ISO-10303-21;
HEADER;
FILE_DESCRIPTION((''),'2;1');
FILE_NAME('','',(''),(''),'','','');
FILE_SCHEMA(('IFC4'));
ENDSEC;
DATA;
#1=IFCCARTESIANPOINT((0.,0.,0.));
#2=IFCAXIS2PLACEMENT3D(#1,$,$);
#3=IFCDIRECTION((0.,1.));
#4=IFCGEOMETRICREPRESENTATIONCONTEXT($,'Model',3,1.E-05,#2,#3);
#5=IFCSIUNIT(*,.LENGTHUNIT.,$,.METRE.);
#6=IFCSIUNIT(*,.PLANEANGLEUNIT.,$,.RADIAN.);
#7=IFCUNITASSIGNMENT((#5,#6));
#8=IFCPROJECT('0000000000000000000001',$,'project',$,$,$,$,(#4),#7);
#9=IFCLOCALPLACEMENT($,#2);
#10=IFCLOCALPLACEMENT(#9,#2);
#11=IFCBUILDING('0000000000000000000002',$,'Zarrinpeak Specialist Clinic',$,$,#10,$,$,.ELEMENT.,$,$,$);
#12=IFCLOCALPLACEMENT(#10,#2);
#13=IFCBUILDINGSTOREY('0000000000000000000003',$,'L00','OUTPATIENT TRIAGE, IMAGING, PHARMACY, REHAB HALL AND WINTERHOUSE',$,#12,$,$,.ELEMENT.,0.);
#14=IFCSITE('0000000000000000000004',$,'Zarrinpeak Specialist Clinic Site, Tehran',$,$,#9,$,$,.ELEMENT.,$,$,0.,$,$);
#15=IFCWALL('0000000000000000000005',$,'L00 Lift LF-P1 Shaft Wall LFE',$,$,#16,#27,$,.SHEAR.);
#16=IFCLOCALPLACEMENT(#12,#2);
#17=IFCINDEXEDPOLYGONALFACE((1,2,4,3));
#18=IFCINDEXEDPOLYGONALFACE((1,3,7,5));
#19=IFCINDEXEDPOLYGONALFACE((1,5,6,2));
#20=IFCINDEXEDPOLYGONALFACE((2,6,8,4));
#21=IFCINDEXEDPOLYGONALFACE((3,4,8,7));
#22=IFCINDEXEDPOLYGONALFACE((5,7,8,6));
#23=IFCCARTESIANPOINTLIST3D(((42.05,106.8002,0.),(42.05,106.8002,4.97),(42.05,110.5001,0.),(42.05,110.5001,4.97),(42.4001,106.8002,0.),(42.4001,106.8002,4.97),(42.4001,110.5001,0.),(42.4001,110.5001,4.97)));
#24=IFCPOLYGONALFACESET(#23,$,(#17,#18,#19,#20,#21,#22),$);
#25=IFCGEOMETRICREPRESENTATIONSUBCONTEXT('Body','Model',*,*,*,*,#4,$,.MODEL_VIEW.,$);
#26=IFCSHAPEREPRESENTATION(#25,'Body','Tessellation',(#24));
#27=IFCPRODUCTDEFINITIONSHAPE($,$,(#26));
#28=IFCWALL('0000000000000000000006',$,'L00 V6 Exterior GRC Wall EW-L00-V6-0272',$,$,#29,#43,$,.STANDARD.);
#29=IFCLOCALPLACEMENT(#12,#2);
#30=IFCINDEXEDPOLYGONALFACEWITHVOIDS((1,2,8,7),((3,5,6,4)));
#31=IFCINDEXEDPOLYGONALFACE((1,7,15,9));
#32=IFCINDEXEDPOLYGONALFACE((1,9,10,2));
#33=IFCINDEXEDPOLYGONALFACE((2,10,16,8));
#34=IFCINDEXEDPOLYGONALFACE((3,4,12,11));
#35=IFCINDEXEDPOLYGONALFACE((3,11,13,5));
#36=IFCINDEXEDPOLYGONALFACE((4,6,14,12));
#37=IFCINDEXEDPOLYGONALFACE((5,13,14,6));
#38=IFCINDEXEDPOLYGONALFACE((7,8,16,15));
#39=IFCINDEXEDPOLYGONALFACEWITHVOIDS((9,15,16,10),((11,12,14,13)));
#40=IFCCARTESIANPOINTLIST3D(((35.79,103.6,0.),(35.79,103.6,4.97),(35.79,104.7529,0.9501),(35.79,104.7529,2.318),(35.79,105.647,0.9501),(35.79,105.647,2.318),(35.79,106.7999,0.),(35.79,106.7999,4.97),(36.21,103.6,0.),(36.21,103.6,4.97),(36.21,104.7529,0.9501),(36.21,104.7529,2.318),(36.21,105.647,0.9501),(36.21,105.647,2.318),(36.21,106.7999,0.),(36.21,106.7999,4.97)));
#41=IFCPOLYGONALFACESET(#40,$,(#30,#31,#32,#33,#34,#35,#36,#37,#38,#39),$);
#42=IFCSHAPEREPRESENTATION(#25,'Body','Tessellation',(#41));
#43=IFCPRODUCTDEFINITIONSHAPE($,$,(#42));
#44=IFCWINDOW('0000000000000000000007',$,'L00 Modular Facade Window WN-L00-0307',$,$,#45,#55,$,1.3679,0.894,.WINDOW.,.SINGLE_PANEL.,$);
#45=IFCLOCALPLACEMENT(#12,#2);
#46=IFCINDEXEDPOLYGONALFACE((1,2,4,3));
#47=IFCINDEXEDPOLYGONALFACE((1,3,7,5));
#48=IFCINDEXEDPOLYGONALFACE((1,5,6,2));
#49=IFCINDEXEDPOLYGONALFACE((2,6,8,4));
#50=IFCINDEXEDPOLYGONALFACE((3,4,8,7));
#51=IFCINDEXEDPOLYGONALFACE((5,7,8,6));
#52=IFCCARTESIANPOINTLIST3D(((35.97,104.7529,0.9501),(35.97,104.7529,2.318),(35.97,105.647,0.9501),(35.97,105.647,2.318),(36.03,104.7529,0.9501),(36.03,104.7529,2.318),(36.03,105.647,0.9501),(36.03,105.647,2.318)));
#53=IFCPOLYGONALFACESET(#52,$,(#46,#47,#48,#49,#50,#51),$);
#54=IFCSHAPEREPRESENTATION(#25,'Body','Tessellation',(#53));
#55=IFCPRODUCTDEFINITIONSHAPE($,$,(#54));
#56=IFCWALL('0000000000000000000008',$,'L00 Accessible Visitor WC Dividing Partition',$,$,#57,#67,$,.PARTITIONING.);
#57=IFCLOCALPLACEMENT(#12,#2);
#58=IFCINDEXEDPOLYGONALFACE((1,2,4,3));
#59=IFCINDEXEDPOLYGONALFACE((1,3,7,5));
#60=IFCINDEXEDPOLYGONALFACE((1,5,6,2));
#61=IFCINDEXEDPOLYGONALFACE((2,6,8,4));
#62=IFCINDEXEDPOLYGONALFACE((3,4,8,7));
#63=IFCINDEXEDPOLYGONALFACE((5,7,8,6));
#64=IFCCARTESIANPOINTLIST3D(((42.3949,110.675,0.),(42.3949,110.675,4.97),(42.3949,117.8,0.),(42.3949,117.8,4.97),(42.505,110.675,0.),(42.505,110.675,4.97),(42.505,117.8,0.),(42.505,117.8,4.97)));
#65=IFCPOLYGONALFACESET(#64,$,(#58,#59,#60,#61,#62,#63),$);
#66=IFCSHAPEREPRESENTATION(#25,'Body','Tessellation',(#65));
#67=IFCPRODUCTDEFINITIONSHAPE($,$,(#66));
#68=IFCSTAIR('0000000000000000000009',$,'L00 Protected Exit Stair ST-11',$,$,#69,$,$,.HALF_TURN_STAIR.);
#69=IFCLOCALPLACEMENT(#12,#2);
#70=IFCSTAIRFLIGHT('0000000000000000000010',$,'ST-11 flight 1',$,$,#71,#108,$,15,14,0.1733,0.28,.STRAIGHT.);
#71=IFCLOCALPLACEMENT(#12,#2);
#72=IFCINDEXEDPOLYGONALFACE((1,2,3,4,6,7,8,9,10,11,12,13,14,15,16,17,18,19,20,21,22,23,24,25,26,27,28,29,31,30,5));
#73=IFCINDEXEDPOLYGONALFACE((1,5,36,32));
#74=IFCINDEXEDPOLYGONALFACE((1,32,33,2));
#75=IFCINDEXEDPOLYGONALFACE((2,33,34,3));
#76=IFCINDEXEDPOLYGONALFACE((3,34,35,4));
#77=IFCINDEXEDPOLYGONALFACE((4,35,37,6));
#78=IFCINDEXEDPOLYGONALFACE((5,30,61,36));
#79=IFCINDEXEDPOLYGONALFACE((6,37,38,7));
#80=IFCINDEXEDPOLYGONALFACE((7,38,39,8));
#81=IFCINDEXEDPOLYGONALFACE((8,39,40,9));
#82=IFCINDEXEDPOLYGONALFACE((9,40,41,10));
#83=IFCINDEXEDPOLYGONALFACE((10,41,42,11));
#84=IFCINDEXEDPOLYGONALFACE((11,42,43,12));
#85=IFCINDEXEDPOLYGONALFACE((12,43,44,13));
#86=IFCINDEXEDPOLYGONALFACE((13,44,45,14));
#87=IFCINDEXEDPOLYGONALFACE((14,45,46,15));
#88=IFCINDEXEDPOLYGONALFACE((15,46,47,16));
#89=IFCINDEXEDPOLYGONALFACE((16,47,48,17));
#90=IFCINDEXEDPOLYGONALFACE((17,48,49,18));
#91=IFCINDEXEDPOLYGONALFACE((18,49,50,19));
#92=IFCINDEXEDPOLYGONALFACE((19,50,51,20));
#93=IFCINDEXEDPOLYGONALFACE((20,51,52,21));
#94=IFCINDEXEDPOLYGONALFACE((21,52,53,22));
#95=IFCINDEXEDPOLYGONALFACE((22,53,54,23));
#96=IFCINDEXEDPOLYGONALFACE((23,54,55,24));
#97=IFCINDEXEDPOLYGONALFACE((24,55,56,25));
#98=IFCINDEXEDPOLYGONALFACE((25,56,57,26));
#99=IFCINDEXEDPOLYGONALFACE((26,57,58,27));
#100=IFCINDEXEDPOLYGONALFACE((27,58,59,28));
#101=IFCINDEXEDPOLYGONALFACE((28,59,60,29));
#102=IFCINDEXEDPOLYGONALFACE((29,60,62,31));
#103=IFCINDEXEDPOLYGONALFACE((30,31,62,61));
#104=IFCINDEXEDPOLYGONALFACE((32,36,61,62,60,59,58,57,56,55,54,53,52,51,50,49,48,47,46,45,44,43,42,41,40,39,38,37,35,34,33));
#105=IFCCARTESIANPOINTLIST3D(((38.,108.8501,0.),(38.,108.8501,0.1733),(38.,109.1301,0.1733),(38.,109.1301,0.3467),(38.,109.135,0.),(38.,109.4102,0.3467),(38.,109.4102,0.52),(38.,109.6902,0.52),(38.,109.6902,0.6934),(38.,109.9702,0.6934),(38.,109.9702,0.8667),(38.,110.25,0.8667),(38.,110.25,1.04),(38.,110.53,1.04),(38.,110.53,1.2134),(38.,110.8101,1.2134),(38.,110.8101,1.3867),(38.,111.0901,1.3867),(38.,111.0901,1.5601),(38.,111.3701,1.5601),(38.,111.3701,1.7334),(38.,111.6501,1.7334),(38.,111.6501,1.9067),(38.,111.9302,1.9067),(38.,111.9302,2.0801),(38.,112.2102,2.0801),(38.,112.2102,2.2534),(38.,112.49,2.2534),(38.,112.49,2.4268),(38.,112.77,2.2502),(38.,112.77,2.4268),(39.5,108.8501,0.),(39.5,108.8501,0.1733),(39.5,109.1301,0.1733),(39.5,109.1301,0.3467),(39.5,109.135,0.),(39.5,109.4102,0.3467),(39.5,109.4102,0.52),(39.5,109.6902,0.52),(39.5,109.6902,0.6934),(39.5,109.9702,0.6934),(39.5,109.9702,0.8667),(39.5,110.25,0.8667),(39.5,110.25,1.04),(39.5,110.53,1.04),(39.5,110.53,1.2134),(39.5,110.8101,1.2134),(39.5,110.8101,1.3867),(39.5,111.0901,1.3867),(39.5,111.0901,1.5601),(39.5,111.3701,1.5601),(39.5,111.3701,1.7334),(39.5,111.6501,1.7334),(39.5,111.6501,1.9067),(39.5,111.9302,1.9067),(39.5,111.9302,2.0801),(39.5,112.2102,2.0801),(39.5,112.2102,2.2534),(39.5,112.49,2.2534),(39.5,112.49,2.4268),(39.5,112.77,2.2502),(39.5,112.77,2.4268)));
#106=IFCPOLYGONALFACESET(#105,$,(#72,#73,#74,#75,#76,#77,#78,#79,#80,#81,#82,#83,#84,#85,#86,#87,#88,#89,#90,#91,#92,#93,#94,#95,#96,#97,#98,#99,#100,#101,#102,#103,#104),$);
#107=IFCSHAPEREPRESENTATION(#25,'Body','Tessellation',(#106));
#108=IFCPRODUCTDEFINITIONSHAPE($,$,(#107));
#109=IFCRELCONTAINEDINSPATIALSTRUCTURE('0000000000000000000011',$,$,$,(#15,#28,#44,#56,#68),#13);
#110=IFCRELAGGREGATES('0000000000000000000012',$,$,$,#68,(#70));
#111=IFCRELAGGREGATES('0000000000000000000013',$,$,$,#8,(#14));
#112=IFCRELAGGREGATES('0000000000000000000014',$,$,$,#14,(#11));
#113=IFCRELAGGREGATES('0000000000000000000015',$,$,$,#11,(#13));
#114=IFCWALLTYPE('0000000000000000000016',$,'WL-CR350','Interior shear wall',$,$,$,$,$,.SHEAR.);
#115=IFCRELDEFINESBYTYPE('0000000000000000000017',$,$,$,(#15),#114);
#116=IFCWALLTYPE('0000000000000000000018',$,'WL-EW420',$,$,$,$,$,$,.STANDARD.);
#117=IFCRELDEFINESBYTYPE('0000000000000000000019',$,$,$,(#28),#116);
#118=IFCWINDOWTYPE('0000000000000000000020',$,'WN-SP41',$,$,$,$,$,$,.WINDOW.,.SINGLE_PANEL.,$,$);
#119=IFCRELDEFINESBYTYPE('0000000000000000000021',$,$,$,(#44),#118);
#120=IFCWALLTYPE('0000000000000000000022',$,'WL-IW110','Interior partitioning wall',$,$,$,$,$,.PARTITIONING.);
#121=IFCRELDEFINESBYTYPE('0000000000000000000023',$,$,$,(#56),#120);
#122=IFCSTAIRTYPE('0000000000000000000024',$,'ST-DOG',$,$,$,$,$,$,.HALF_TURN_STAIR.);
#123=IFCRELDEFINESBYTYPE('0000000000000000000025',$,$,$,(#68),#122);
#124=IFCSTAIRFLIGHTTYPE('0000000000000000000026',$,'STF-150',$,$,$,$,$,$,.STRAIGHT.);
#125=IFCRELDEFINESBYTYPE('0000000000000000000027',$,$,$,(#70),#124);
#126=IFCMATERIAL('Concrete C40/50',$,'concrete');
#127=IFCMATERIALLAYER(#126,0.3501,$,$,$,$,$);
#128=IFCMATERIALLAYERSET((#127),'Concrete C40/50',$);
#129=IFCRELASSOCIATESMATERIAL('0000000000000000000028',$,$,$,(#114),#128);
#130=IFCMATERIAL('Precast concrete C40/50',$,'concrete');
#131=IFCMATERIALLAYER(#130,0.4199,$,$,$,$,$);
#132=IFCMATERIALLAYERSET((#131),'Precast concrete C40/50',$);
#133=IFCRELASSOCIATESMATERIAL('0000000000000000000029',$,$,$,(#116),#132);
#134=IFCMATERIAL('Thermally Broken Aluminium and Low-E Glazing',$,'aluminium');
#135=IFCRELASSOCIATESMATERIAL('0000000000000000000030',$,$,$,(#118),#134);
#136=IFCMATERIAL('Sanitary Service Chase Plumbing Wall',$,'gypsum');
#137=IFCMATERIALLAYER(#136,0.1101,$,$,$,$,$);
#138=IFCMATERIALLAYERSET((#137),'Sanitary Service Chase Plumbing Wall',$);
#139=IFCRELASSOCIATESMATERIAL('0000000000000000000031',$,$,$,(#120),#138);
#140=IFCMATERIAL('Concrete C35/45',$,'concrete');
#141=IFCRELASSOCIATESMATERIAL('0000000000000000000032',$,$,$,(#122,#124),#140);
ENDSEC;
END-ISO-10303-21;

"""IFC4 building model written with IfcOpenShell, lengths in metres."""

from ifc_helpers import new_model, si_unit, direction, frame, frame_2d, origin, place, context, subcontext, project, spatial, polyline, rectangle, outline, extrude, material, layer, layer_set, type_object, element, fill, aggregate, save


model = new_model("IFC4")

# Units and contexts
model_context = context("Model", 3, precision=1e-05, world=origin(), true_north=direction((0.0, 1.0)))
body_context = subcontext(model_context, "Body", "Model", "MODEL_VIEW")
ifc_project = project(units=[si_unit("LENGTHUNIT", "METRE"), si_unit("PLANEANGLEUNIT", "RADIAN")], contexts=[model_context])

# Site, building, storey
site_placement = place(None, origin())
site = spatial("IfcSite", under=ifc_project, at=site_placement, Name="Zarrinpeak Specialist Clinic Site, Tehran", CompositionType="ELEMENT", RefElevation=0.0)
building_placement = place(site_placement, origin())
building = spatial("IfcBuilding", under=site, at=building_placement, Name="Zarrinpeak Specialist Clinic", CompositionType="ELEMENT")
storey_placement = place(building_placement, origin())
storey = spatial("IfcBuildingStorey", under=building, at=storey_placement, Name="L00", Description="OUTPATIENT TRIAGE, IMAGING, PHARMACY, REHAB HALL AND WINTERHOUSE", CompositionType="ELEMENT", Elevation=0.0)

# Shared definitions
ifc_material_1 = material(Name="Concrete C40/50", Category="concrete")
ifc_layer_1 = layer(ifc_material_1, 0.3501)
ifc_layer_set_1 = layer_set([ifc_layer_1], Name="Concrete C40/50")
wall_type_1 = type_object("IfcWallType", Name="WL-CR350", Description="Interior shear wall", PredefinedType="SHEAR", material=ifc_layer_set_1)

# Wall
wall_1_placement = place(storey_placement, frame((42.2251, 106.8, 0.0), z_axis=(0.0, 0.0, 1.0), x_axis=(0.0, 1.0, 0.0)))
element("IfcWall", 1, at=wall_1_placement, inside=storey, type_object=wall_type_1, Name="L00 Lift LF-P1 Shaft Wall LFE", PredefinedType="SHEAR", context=body_context, shape_type="SweptSolid", body=[
    extrude(rectangle(XDim=3.7, YDim=0.3501, at=frame_2d((1.8501, 0.0))), origin(), (0.0, 0.0, 1.0), 4.97),
])

# Wall, opening, window
ifc_material_2 = material(Name="Precast concrete C40/50", Category="concrete")
ifc_layer_2 = layer(ifc_material_2, 0.4199)
ifc_layer_set_2 = layer_set([ifc_layer_2], Name="Precast concrete C40/50")
wall_type_2 = type_object("IfcWallType", Name="WL-EW420", PredefinedType="STANDARD", material=ifc_layer_set_2)
wall_2_placement = place(storey_placement, frame((36.0, 106.8, 0.0), z_axis=(0.0, 0.0, 1.0), x_axis=(0.0, -1.0, 0.0)))
wall_2 = element("IfcWall", 2, at=wall_2_placement, inside=storey, type_object=wall_type_2, Name="L00 V6 Exterior GRC Wall EW-L00-V6-0272", PredefinedType="STANDARD", context=body_context, shape_type="SweptSolid", body=[
    extrude(rectangle(XDim=3.2, YDim=0.4199, at=frame_2d((1.6001, 0.0))), origin(), (0.0, 0.0, 1.0), 4.97),
])
opening_1_placement = place(wall_2_placement, frame((1.1531, 0.0, 0.95)))
opening_1 = element("IfcOpeningElement", 3, at=opening_1_placement, cuts=wall_2, PredefinedType="OPENING", context=body_context, shape_type="SweptSolid", body=[
    extrude(rectangle(XDim=0.894, YDim=1.3679, at=frame_2d((0.447, 0.6841))), frame((0.0, 0.22, 0.0), z_axis=(0.0, -1.0, 0.0), x_axis=(1.0, 0.0, 0.0)), (0.0, 0.0, 1.0), 0.4399),
])
ifc_material_3 = material(Name="Thermally Broken Aluminium and Low-E Glazing", Category="aluminium")
window_type = type_object("IfcWindowType", Name="WN-SP41", PartitioningType="SINGLE_PANEL", PredefinedType="WINDOW", material=ifc_material_3)
window_placement = place(opening_1_placement, origin())
window = element("IfcWindow", 4, at=window_placement, inside=storey, type_object=window_type, Name="L00 Modular Facade Window WN-L00-0307", OverallHeight=1.3679, OverallWidth=0.894, PartitioningType="SINGLE_PANEL", PredefinedType="WINDOW", context=body_context, shape_type="SweptSolid", body=[
    extrude(rectangle(XDim=0.894, YDim=1.3679, at=frame_2d((0.447, 0.6841))), frame((0.0, 0.03, 0.0), z_axis=(0.0, -1.0, 0.0), x_axis=(1.0, 0.0, 0.0)), (0.0, 0.0, 1.0), 0.0601),
])
fill(opening_1, window)

# Wall
ifc_material_4 = material(Name="Sanitary Service Chase Plumbing Wall", Category="gypsum")
ifc_layer_3 = layer(ifc_material_4, 0.1101)
ifc_layer_set_3 = layer_set([ifc_layer_3], Name="Sanitary Service Chase Plumbing Wall")
wall_type_3 = type_object("IfcWallType", Name="WL-IW110", Description="Interior partitioning wall", PredefinedType="PARTITIONING", material=ifc_layer_set_3)
wall_3_placement = place(storey_placement, frame((42.45, 110.675, 0.0), z_axis=(0.0, 0.0, 1.0), x_axis=(0.0, 1.0, 0.0)))
element("IfcWall", 5, at=wall_3_placement, inside=storey, type_object=wall_type_3, Name="L00 Accessible Visitor WC Dividing Partition", PredefinedType="PARTITIONING", context=body_context, shape_type="SweptSolid", body=[
    extrude(rectangle(XDim=7.125, YDim=0.1101, at=frame_2d((3.5625, 0.0))), origin(), (0.0, 0.0, 1.0), 4.97),
])

# Stair, stair flight
ifc_material_5 = material(Name="Concrete C35/45", Category="concrete")
stair_type = type_object("IfcStairType", Name="ST-DOG", PredefinedType="HALF_TURN_STAIR", material=ifc_material_5)
stair_placement = place(storey_placement, origin())
stair = element("IfcStair", 6, at=stair_placement, inside=storey, type_object=stair_type, Name="L00 Protected Exit Stair ST-11", PredefinedType="HALF_TURN_STAIR")
stair_flight_type = type_object("IfcStairFlightType", Name="STF-150", PredefinedType="STRAIGHT", material=ifc_material_5)
stair_flight_placement = place(storey_placement, frame((38.75, 108.8501, 0.0), z_axis=(0.0, 0.0, 1.0), x_axis=(0.0, 1.0, 0.0)))
stair_flight = element("IfcStairFlight", 7, at=stair_flight_placement, type_object=stair_flight_type, Name="ST-11 flight 1", NumberOfRisers=15, NumberOfTreads=14, PredefinedType="STRAIGHT", RiserHeight=0.1733, TreadLength=0.28, context=body_context, shape_type="SweptSolid", body=[
    extrude(outline(polyline([(0.0, 0.0), (0.0, 0.1733), (0.28, 0.1733), (0.28, 0.3467), (0.5601, 0.3467), (0.5601, 0.52), (0.8401, 0.52), (0.8401, 0.6934), (1.1201, 0.6934), (1.1201, 0.8667), (1.3999, 0.8667), (1.3999, 1.04), (1.6799, 1.04), (1.6799, 1.2134), (1.96, 1.2134), (1.96, 1.3867), (2.24, 1.3867), (2.24, 1.5601), (2.52, 1.5601), (2.52, 1.7334), (2.8, 1.7334), (2.8, 1.9067), (3.0801, 1.9067), (3.0801, 2.0801), (3.3601, 2.0801), (3.3601, 2.2534), (3.6399, 2.2534), (3.6399, 2.4268), (3.9199, 2.4268), (3.9199, 2.6001), (3.9199, 2.2502), (0.2849, 0.0), (0.0, 0.0)])), frame((0.0, 0.75, 0.0), z_axis=(0.0, -1.0, 0.0), x_axis=(1.0, 0.0, 0.0)), (0.0, 0.0, 1.0), 1.5),
])
aggregate(stair, [stair_flight])

save(model, "model.ifc")
